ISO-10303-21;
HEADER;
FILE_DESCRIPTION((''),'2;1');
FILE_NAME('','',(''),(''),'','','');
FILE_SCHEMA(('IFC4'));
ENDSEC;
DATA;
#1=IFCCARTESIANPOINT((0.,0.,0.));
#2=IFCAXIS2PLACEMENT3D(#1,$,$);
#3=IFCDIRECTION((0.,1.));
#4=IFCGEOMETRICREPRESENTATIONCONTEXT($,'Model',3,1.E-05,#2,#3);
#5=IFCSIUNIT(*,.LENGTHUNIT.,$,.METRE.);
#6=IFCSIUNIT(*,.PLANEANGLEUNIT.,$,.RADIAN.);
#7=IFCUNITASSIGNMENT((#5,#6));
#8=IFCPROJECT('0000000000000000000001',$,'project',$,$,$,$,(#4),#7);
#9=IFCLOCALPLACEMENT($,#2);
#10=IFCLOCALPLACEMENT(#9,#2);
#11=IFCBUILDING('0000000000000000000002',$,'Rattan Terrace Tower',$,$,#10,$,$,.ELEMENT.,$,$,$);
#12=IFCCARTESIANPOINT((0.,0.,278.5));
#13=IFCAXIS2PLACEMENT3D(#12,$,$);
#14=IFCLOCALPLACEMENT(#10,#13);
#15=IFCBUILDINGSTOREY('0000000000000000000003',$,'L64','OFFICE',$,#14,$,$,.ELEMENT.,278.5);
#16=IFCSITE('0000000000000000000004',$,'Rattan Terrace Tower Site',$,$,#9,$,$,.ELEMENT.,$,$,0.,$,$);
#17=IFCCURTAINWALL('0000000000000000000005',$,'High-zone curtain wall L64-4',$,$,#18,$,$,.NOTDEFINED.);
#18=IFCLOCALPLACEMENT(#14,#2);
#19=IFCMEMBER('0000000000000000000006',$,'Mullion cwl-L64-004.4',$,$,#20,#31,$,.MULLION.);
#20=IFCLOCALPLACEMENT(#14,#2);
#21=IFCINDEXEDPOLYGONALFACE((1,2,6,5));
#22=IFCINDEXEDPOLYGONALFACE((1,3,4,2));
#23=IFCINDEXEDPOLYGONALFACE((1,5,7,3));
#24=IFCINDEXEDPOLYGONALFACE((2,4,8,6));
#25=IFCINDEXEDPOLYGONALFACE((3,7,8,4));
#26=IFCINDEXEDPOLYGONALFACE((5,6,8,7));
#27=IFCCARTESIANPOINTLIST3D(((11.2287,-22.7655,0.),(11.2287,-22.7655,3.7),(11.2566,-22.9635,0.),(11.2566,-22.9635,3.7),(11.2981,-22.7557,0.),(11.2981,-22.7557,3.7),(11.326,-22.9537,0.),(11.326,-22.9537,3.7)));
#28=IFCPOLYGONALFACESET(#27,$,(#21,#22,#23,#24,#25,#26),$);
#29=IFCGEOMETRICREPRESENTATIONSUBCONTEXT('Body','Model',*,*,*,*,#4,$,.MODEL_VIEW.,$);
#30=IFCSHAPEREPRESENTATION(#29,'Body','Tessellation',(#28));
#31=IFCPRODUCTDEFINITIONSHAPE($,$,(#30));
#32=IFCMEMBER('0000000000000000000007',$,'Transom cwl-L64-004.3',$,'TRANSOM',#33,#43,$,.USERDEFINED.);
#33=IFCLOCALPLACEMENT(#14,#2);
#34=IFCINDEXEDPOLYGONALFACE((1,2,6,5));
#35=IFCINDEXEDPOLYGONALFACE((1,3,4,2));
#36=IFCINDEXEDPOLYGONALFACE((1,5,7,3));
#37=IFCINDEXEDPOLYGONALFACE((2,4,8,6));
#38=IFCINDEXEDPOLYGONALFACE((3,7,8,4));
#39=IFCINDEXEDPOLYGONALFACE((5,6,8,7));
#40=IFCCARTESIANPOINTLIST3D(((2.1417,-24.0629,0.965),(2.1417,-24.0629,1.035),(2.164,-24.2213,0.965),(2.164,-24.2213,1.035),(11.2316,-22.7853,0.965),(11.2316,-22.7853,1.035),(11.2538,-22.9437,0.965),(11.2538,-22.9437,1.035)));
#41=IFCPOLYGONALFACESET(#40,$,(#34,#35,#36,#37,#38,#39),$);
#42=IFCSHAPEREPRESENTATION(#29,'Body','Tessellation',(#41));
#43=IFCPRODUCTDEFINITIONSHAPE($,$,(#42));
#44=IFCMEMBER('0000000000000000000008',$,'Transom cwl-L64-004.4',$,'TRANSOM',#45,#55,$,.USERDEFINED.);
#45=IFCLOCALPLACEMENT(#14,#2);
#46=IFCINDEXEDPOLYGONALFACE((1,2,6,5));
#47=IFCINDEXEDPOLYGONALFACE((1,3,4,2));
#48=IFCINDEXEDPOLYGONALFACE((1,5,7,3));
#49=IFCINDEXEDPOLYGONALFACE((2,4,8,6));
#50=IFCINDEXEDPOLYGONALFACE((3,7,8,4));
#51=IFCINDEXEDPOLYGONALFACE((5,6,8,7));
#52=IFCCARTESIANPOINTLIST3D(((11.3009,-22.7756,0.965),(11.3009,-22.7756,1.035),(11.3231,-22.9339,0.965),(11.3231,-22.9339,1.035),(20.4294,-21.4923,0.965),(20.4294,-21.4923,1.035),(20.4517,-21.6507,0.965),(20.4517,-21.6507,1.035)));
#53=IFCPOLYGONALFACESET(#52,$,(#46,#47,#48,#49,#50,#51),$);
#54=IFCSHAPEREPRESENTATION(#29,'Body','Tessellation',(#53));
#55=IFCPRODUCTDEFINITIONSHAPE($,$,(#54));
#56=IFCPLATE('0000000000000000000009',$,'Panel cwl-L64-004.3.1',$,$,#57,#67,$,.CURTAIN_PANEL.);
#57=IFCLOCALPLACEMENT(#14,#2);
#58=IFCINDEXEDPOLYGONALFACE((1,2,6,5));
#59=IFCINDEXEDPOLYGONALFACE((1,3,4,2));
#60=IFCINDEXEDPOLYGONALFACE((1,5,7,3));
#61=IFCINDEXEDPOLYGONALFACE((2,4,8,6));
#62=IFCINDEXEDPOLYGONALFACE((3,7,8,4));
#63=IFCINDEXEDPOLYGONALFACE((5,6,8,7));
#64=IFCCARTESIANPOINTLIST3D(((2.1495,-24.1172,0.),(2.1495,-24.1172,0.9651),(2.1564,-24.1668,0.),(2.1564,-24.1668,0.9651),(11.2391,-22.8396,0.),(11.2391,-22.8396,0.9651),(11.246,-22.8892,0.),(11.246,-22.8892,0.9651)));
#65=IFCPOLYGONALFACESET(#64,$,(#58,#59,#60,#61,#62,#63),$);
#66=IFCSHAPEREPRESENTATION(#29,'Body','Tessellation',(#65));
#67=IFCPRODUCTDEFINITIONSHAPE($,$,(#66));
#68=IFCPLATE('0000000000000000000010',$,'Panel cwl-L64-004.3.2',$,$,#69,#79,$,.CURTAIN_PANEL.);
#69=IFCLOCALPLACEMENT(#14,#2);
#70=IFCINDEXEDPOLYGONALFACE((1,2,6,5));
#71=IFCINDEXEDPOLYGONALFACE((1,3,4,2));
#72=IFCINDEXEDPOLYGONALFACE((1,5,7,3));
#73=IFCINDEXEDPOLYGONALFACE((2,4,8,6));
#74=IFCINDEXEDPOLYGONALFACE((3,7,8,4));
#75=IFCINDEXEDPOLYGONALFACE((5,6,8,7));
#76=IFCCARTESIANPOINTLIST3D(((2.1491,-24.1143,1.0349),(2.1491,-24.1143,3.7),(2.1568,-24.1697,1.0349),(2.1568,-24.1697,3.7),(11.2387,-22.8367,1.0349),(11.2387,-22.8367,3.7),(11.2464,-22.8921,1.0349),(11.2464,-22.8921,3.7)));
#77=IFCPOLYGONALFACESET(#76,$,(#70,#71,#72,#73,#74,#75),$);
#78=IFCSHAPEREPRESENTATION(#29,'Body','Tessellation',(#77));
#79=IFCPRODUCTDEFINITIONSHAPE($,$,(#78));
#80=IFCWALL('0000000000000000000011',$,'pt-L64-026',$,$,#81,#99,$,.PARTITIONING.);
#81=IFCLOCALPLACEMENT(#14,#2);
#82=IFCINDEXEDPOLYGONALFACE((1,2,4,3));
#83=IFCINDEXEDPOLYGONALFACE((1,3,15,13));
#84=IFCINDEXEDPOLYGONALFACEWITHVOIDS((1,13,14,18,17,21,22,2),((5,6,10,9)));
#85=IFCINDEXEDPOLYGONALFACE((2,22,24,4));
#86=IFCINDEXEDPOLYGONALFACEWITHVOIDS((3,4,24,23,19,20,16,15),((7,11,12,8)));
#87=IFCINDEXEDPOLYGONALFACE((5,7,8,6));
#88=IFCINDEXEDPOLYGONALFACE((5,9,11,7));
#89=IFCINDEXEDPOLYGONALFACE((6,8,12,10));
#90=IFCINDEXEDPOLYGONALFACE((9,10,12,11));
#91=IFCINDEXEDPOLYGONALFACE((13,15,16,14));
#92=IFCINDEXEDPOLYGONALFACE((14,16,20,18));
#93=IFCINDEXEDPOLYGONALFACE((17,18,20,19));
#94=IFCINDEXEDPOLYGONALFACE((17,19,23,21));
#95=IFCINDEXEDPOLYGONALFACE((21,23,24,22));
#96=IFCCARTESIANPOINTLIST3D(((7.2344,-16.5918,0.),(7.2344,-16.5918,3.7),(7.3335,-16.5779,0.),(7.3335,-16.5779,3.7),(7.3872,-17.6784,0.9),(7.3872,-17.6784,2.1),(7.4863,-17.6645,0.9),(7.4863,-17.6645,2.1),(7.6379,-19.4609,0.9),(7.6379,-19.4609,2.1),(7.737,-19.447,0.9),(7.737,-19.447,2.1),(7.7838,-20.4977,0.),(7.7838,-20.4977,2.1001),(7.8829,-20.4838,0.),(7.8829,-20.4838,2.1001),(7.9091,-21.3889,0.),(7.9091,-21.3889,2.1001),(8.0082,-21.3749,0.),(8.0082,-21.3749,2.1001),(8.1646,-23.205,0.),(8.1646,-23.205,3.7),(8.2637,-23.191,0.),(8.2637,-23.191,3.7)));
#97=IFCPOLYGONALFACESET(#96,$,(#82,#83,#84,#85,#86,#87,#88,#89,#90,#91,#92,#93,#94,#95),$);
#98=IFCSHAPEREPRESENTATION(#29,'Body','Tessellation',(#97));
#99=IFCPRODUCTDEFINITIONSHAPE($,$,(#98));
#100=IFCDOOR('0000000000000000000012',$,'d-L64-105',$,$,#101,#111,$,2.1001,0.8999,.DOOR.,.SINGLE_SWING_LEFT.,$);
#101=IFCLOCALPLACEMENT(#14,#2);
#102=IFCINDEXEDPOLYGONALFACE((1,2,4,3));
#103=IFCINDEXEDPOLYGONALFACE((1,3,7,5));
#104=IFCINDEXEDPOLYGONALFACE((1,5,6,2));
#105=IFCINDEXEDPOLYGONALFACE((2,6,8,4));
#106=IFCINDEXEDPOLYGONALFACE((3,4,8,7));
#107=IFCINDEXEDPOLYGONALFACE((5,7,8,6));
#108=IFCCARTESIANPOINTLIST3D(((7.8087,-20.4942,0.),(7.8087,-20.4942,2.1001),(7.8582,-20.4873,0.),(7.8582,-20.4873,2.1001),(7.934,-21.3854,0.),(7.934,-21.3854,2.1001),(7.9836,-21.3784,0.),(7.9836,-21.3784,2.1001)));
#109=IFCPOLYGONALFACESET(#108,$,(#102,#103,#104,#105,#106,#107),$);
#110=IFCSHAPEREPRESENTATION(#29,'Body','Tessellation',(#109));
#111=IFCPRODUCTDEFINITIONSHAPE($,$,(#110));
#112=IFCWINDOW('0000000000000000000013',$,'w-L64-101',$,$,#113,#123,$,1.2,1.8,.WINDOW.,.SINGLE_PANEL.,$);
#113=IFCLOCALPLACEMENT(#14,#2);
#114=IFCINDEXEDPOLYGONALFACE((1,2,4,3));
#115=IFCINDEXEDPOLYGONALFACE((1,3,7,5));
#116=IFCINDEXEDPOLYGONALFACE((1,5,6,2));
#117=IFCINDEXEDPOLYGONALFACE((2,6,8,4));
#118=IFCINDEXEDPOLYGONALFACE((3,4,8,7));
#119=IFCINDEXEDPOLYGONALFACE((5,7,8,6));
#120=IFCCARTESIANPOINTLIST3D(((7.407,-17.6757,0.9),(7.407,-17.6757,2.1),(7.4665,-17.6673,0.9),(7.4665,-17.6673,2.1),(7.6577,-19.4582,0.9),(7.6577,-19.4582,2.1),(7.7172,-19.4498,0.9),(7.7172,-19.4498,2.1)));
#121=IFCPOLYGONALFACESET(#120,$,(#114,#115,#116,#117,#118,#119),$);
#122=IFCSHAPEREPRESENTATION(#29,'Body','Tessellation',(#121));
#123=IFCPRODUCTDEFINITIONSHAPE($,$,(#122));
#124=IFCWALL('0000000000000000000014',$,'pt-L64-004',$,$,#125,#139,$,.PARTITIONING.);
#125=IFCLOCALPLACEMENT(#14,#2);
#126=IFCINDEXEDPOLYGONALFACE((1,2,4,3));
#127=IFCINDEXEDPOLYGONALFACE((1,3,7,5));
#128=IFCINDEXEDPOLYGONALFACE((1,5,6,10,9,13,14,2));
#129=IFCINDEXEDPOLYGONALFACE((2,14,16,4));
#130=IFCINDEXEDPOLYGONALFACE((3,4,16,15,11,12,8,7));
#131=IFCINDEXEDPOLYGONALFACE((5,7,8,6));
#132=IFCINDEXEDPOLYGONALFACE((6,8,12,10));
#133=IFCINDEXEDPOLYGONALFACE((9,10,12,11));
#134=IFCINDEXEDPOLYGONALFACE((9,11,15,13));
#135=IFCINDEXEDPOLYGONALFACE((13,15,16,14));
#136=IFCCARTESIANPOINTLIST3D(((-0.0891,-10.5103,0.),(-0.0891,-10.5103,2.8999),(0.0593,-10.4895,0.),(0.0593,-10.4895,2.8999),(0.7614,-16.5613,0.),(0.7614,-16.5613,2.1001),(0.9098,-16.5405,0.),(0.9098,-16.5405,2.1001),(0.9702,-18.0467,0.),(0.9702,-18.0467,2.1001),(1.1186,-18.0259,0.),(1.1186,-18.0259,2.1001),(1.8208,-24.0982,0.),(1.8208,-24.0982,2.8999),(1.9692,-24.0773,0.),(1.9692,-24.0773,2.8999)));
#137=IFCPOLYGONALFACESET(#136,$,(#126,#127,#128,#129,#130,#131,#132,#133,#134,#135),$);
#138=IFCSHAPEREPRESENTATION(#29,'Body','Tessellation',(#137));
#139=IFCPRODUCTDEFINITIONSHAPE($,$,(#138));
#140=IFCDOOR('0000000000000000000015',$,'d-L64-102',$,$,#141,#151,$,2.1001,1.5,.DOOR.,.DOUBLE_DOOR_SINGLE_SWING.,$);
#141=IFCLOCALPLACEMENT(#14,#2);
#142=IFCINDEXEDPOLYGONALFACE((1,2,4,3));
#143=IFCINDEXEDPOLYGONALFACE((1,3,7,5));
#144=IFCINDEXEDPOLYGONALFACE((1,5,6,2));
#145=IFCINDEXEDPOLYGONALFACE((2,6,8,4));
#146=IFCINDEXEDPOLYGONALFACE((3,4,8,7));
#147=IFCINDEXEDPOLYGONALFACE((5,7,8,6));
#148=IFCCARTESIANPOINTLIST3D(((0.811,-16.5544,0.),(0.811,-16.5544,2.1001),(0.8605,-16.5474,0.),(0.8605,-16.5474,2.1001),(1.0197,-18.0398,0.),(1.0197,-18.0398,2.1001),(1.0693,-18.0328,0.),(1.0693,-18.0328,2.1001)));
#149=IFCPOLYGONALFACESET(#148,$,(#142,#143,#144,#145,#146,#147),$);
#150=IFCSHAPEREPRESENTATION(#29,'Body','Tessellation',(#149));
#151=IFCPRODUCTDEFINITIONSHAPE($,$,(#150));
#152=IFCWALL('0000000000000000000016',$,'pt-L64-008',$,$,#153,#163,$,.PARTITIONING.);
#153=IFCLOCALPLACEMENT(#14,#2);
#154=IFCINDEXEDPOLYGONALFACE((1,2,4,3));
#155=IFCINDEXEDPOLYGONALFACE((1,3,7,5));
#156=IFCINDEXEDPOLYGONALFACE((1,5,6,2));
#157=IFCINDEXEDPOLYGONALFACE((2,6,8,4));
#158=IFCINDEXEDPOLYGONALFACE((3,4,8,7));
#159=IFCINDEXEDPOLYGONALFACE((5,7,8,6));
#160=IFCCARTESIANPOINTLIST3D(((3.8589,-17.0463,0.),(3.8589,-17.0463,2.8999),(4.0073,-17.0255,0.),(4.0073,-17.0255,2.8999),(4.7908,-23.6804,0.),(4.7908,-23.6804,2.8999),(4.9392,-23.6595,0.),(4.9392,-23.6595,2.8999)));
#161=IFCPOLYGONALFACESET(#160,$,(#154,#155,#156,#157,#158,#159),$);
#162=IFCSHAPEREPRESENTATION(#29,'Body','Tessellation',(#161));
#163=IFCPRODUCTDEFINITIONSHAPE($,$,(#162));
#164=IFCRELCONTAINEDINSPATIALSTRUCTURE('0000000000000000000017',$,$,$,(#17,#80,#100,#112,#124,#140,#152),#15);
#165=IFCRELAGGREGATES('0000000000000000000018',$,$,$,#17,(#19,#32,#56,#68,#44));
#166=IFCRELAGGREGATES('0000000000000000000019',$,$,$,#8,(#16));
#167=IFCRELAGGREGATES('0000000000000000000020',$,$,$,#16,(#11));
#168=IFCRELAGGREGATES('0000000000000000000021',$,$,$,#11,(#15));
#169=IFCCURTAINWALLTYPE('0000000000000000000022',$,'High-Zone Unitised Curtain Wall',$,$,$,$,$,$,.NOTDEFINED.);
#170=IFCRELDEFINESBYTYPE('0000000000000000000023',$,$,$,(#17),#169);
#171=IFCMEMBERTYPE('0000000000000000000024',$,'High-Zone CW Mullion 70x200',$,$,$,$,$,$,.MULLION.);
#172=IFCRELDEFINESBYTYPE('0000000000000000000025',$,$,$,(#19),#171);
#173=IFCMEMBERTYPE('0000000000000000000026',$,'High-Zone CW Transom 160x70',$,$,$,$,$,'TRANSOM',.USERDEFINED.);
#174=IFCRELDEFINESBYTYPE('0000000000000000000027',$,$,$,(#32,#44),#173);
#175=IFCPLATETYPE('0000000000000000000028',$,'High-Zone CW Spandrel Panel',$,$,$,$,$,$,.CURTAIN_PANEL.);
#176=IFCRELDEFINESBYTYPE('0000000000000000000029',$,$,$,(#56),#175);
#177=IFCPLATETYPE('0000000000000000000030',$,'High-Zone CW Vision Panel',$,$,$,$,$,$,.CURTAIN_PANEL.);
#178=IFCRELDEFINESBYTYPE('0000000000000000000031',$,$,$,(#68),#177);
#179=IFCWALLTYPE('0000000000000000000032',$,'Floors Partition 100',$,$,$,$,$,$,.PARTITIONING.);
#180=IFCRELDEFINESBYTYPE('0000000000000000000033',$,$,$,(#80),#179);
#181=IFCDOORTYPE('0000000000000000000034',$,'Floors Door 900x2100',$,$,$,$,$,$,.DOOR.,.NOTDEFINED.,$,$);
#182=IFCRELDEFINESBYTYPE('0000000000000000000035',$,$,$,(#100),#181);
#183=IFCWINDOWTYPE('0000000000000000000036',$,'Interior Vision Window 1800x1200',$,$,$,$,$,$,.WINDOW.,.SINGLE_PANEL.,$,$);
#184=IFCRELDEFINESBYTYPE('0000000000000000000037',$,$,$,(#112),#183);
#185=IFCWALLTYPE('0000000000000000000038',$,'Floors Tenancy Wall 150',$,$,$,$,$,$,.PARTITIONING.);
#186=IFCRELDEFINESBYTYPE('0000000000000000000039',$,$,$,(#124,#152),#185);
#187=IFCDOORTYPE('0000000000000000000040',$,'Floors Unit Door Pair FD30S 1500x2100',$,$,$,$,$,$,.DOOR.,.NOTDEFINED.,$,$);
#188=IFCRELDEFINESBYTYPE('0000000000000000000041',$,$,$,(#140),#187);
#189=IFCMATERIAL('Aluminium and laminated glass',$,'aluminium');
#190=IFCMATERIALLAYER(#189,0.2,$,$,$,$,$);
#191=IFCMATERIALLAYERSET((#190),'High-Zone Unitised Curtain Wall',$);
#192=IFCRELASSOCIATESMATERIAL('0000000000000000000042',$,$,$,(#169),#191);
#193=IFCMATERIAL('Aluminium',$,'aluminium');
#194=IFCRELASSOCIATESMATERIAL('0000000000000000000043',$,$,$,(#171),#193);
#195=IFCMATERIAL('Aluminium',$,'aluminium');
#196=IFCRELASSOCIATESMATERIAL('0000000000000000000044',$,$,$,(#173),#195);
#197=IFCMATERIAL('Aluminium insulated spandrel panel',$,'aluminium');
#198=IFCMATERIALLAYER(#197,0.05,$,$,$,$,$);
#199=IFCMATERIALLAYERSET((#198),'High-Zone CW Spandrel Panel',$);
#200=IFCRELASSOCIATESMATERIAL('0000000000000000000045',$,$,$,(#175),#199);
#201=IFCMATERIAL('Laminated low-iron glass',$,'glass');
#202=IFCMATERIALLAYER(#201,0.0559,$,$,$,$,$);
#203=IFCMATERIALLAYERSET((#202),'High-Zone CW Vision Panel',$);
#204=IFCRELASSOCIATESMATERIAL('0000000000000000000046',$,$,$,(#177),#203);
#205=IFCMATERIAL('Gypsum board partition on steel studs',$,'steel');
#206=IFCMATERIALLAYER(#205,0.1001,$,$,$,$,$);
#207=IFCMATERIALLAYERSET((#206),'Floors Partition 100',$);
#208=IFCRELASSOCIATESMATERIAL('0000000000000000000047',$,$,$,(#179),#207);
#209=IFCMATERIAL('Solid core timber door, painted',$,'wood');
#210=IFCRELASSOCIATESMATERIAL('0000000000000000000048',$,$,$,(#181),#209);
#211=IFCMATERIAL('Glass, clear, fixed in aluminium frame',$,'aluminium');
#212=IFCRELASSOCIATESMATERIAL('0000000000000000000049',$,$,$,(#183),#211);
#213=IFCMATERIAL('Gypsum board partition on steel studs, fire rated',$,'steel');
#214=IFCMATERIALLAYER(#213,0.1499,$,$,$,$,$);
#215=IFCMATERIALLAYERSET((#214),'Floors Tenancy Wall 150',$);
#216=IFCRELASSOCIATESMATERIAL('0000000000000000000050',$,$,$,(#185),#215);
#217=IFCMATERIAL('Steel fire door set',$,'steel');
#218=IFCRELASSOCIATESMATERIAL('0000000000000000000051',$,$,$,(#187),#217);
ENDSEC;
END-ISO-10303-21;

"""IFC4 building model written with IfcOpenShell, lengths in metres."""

from ifc_helpers import new_model, si_unit, direction, frame, frame_2d, origin, origin_2d, place, context, subcontext, project, spatial, rectangle, extrude, material, layer, layer_set, material_profile, profile_set, type_object, element, fill, aggregate, save


model = new_model("IFC4")

# Units and contexts
model_context = context("Model", 3, precision=1e-05, world=origin(), true_north=direction((0.0, 1.0)))
body_context = subcontext(model_context, "Body", "Model", "MODEL_VIEW")
ifc_project = project(units=[si_unit("LENGTHUNIT", "METRE"), si_unit("PLANEANGLEUNIT", "RADIAN")], contexts=[model_context])

# Site, building, storey
site_placement = place(None, origin())
site = spatial("IfcSite", under=ifc_project, at=site_placement, Name="Rattan Terrace Tower Site", CompositionType="ELEMENT", RefElevation=0.0)
building_placement = place(site_placement, origin())
building = spatial("IfcBuilding", under=site, at=building_placement, Name="Rattan Terrace Tower", CompositionType="ELEMENT")
storey_placement = place(building_placement, frame((0.0, 0.0, 278.5)))
storey = spatial("IfcBuildingStorey", under=building, at=storey_placement, Name="L64", Description="OFFICE", CompositionType="ELEMENT", Elevation=278.5)

# Curtain wall, members, plates
ifc_material_1 = material(Name="Aluminium and laminated glass", Category="aluminium")
ifc_layer_1 = layer(ifc_material_1, 0.2)
ifc_layer_set_1 = layer_set([ifc_layer_1], Name="High-Zone Unitised Curtain Wall")
curtain_wall_type = type_object("IfcCurtainWallType", Name="High-Zone Unitised Curtain Wall", PredefinedType="NOTDEFINED", material=ifc_layer_set_1)
curtain_wall_placement = place(storey_placement, origin())
curtain_wall = element("IfcCurtainWall", 1, at=curtain_wall_placement, inside=storey, type_object=curtain_wall_type, Name="High-zone curtain wall L64-4", PredefinedType="NOTDEFINED")
ifc_material_2 = material(Name="Aluminium", Category="aluminium")
ifc_material_profile_1 = material_profile(ifc_material_2, rectangle(XDim=0.0701, YDim=0.2, at=origin_2d()), Name="Aluminium 70x200")
ifc_profile_set_1 = profile_set([ifc_material_profile_1], Name="Aluminium")
member_type_1 = type_object("IfcMemberType", Name="High-Zone CW Mullion 70x200", PredefinedType="MULLION", material=ifc_profile_set_1)
member_1_placement = place(storey_placement, frame((11.2773, -22.8596, 0.0), z_axis=(0.0, 0.0, 1.0), x_axis=(0.990266, 0.139189, 0.0)))
member_1 = element("IfcMember", 2, at=member_1_placement, type_object=member_type_1, Name="Mullion cwl-L64-004.4", PredefinedType="MULLION", context=body_context, shape_type="SweptSolid", body=[
    extrude(rectangle(XDim=0.0701, YDim=0.2, at=origin_2d()), origin(), (0.0, 0.0, 1.0), 3.7),
])
ifc_material_3 = material(Name="Aluminium", Category="aluminium")
ifc_material_profile_2 = material_profile(ifc_material_3, rectangle(XDim=0.1599, YDim=0.0701, at=origin_2d()), Name="Aluminium 160x70")
ifc_profile_set_2 = profile_set([ifc_material_profile_2], Name="Aluminium")
member_type_2 = type_object("IfcMemberType", Name="High-Zone CW Transom 160x70", ElementType="TRANSOM", PredefinedType="USERDEFINED", material=ifc_profile_set_2)
member_2_placement = place(storey_placement, frame((2.1528, -24.1421, 1.0), z_axis=(0.990267, 0.139183, 0.0), x_axis=(-0.139183, 0.990267, 0.0)))
member_2 = element("IfcMember", 3, at=member_2_placement, type_object=member_type_2, Name="Transom cwl-L64-004.3", ObjectType="TRANSOM", PredefinedType="USERDEFINED", context=body_context, shape_type="SweptSolid", body=[
    extrude(rectangle(XDim=0.1599, YDim=0.0701, at=origin_2d()), origin(), (0.0, 0.0, 1.0), 9.1792),
])
member_3_placement = place(storey_placement, frame((11.312, -22.8547, 1.0), z_axis=(0.990264, 0.139204, 0.0), x_axis=(-0.139204, 0.990264, 0.0)))
member_3 = element("IfcMember", 4, at=member_3_placement, type_object=member_type_2, Name="Transom cwl-L64-004.4", ObjectType="TRANSOM", PredefinedType="USERDEFINED", context=body_context, shape_type="SweptSolid", body=[
    extrude(rectangle(XDim=0.1599, YDim=0.0701, at=origin_2d()), origin(), (0.0, 0.0, 1.0), 9.2183),
])
ifc_material_4 = material(Name="Aluminium insulated spandrel panel", Category="aluminium")
ifc_layer_2 = layer(ifc_material_4, 0.05)
ifc_layer_set_2 = layer_set([ifc_layer_2], Name="High-Zone CW Spandrel Panel")
plate_type_1 = type_object("IfcPlateType", Name="High-Zone CW Spandrel Panel", PredefinedType="CURTAIN_PANEL", material=ifc_layer_set_2)
plate_1_placement = place(storey_placement, frame((6.6978, -23.5032, 0.0), z_axis=(0.0, 0.0, 1.0), x_axis=(0.990266, 0.139189, 0.0)))
plate_1 = element("IfcPlate", 5, at=plate_1_placement, type_object=plate_type_1, Name="Panel cwl-L64-004.3.1", PredefinedType="CURTAIN_PANEL", context=body_context, shape_type="SweptSolid", body=[
    extrude(rectangle(XDim=9.179, YDim=0.05, at=origin_2d()), origin(), (0.0, 0.0, 1.0), 0.9651),
])
ifc_material_5 = material(Name="Laminated low-iron glass", Category="glass")
ifc_layer_3 = layer(ifc_material_5, 0.0559)
ifc_layer_set_3 = layer_set([ifc_layer_3], Name="High-Zone CW Vision Panel")
plate_type_2 = type_object("IfcPlateType", Name="High-Zone CW Vision Panel", PredefinedType="CURTAIN_PANEL", material=ifc_layer_set_3)
plate_2_placement = place(storey_placement, frame((6.6978, -23.5032, 1.0349), z_axis=(0.0, 0.0, 1.0), x_axis=(0.990266, 0.139189, 0.0)))
plate_2 = element("IfcPlate", 6, at=plate_2_placement, type_object=plate_type_2, Name="Panel cwl-L64-004.3.2", PredefinedType="CURTAIN_PANEL", context=body_context, shape_type="SweptSolid", body=[
    extrude(rectangle(XDim=9.179, YDim=0.0559, at=origin_2d()), origin(), (0.0, 0.0, 1.0), 2.665),
])
aggregate(curtain_wall, [member_1, member_2, plate_1, plate_2, member_3])

# Wall, openings, door, window
ifc_material_6 = material(Name="Gypsum board partition on steel studs", Category="steel")
ifc_layer_4 = layer(ifc_material_6, 0.1001)
ifc_layer_set_4 = layer_set([ifc_layer_4], Name="Floors Partition 100")
wall_type_1 = type_object("IfcWallType", Name="Floors Partition 100", PredefinedType="PARTITIONING", material=ifc_layer_set_4)
wall_1_placement = place(storey_placement, frame((8.2141, -23.198, 0.0), z_axis=(0.0, 0.0, 1.0), x_axis=(-0.139287, 0.990252, 0.0)))
wall_1 = element("IfcWall", 7, at=wall_1_placement, inside=storey, type_object=wall_type_1, Name="pt-L64-026", PredefinedType="PARTITIONING", context=body_context, shape_type="SweptSolid", body=[
    extrude(rectangle(XDim=6.6782, YDim=0.1001, at=frame_2d((3.3391, 0.0))), origin(), (0.0, 0.0, 1.0), 3.7),
])
opening_1_placement = place(wall_1_placement, frame((1.834, 0.0, 0.0)))
opening_1 = element("IfcOpeningElement", 8, at=opening_1_placement, cuts=wall_1, PredefinedType="OPENING", context=body_context, shape_type="SweptSolid", body=[
    extrude(rectangle(XDim=0.8999, YDim=2.1001, at=frame_2d((0.45, 1.05))), frame((0.0, 0.0605, 0.0), z_axis=(0.0, -1.0, 0.0), x_axis=(1.0, 0.0, 0.0)), (0.0, 0.0, 1.0), 0.1211),
])
opening_2_placement = place(wall_1_placement, frame((3.781, 0.0, 0.8999)))
opening_2 = element("IfcOpeningElement", 9, at=opening_2_placement, cuts=wall_1, PredefinedType="OPENING", context=body_context, shape_type="SweptSolid", body=[
    extrude(rectangle(XDim=1.8, YDim=1.2, at=frame_2d((0.8999, 0.6001))), frame((0.0, 0.0605, 0.0), z_axis=(0.0, -1.0, 0.0), x_axis=(1.0, 0.0, 0.0)), (0.0, 0.0, 1.0), 0.1211),
])
ifc_material_7 = material(Name="Solid core timber door, painted", Category="wood")
door_type_1 = type_object("IfcDoorType", Name="Floors Door 900x2100", OperationType="NOTDEFINED", PredefinedType="DOOR", material=ifc_material_7)
door_1_placement = place(opening_1_placement, origin())
door_1 = element("IfcDoor", 10, at=door_1_placement, inside=storey, type_object=door_type_1, Name="d-L64-105", OperationType="SINGLE_SWING_LEFT", OverallHeight=2.1001, OverallWidth=0.8999, PredefinedType="DOOR", context=body_context, shape_type="SweptSolid", body=[
    extrude(rectangle(XDim=0.8999, YDim=2.1001, at=frame_2d((0.45, 1.05))), frame((0.0, 0.0249, 0.0), z_axis=(0.0, -1.0, 0.0), x_axis=(1.0, 0.0, 0.0)), (0.0, 0.0, 1.0), 0.05),
])
fill(opening_1, door_1)
ifc_material_8 = material(Name="Glass, clear, fixed in aluminium frame", Category="aluminium")
window_type = type_object("IfcWindowType", Name="Interior Vision Window 1800x1200", PartitioningType="SINGLE_PANEL", PredefinedType="WINDOW", material=ifc_material_8)
window_placement = place(opening_2_placement, origin())
window = element("IfcWindow", 11, at=window_placement, inside=storey, type_object=window_type, Name="w-L64-101", OverallHeight=1.2, OverallWidth=1.8, PartitioningType="SINGLE_PANEL", PredefinedType="WINDOW", context=body_context, shape_type="SweptSolid", body=[
    extrude(rectangle(XDim=1.8, YDim=1.2, at=frame_2d((0.8999, 0.6001))), frame((0.0, 0.03, 0.0), z_axis=(0.0, -1.0, 0.0), x_axis=(1.0, 0.0, 0.0)), (0.0, 0.0, 1.0), 0.0601),
])
fill(opening_2, window)

# Wall, opening, door
ifc_material_9 = material(Name="Gypsum board partition on steel studs, fire rated", Category="steel")
ifc_layer_5 = layer(ifc_material_9, 0.1499)
ifc_layer_set_5 = layer_set([ifc_layer_5], Name="Floors Tenancy Wall 150")
wall_type_2 = type_object("IfcWallType", Name="Floors Tenancy Wall 150", PredefinedType="PARTITIONING", material=ifc_layer_set_5)
wall_2_placement = place(storey_placement, frame((1.895, -24.0879, 0.0), z_axis=(0.0, 0.0, 1.0), x_axis=(-0.139192, 0.990265, 0.0)))
wall_2 = element("IfcWall", 12, at=wall_2_placement, inside=storey, type_object=wall_type_2, Name="pt-L64-004", PredefinedType="PARTITIONING", context=body_context, shape_type="SweptSolid", body=[
    extrude(rectangle(XDim=13.7214, YDim=0.1499, at=frame_2d((6.8608, 0.0))), origin(), (0.0, 0.0, 1.0), 2.8999),
])
opening_3_placement = place(wall_2_placement, frame((6.1111, 0.0, 0.0)))
opening_3 = element("IfcOpeningElement", 13, at=opening_3_placement, cuts=wall_2, PredefinedType="OPENING", context=body_context, shape_type="SweptSolid", body=[
    extrude(rectangle(XDim=1.5, YDim=2.1001, at=frame_2d((0.75, 1.05))), frame((0.0, 0.0854, 0.0), z_axis=(0.0, -1.0, 0.0), x_axis=(1.0, 0.0, 0.0)), (0.0, 0.0, 1.0), 0.1709),
])
ifc_material_10 = material(Name="Steel fire door set", Category="steel")
door_type_2 = type_object("IfcDoorType", Name="Floors Unit Door Pair FD30S 1500x2100", OperationType="NOTDEFINED", PredefinedType="DOOR", material=ifc_material_10)
door_2_placement = place(opening_3_placement, origin())
door_2 = element("IfcDoor", 14, at=door_2_placement, inside=storey, type_object=door_type_2, Name="d-L64-102", OperationType="DOUBLE_DOOR_SINGLE_SWING", OverallHeight=2.1001, OverallWidth=1.5, PredefinedType="DOOR", context=body_context, shape_type="SweptSolid", body=[
    extrude(rectangle(XDim=1.5, YDim=2.1001, at=frame_2d((0.75, 1.05))), frame((0.0, 0.0249, 0.0), z_axis=(0.0, -1.0, 0.0), x_axis=(1.0, 0.0, 0.0)), (0.0, 0.0, 1.0), 0.05),
])
fill(opening_3, door_2)

# Wall
wall_3_placement = place(storey_placement, frame((3.9331, -17.0359, 0.0), z_axis=(0.0, 0.0, 1.0), x_axis=(0.139105, -0.990278, 0.0)))
element("IfcWall", 15, at=wall_3_placement, inside=storey, type_object=wall_type_2, Name="pt-L64-008", PredefinedType="PARTITIONING", context=body_context, shape_type="SweptSolid", body=[
    extrude(rectangle(XDim=6.6992, YDim=0.1499, at=frame_2d((3.3496, 0.0))), origin(), (0.0, 0.0, 1.0), 2.8999),
])

save(model, "model.ifc")
